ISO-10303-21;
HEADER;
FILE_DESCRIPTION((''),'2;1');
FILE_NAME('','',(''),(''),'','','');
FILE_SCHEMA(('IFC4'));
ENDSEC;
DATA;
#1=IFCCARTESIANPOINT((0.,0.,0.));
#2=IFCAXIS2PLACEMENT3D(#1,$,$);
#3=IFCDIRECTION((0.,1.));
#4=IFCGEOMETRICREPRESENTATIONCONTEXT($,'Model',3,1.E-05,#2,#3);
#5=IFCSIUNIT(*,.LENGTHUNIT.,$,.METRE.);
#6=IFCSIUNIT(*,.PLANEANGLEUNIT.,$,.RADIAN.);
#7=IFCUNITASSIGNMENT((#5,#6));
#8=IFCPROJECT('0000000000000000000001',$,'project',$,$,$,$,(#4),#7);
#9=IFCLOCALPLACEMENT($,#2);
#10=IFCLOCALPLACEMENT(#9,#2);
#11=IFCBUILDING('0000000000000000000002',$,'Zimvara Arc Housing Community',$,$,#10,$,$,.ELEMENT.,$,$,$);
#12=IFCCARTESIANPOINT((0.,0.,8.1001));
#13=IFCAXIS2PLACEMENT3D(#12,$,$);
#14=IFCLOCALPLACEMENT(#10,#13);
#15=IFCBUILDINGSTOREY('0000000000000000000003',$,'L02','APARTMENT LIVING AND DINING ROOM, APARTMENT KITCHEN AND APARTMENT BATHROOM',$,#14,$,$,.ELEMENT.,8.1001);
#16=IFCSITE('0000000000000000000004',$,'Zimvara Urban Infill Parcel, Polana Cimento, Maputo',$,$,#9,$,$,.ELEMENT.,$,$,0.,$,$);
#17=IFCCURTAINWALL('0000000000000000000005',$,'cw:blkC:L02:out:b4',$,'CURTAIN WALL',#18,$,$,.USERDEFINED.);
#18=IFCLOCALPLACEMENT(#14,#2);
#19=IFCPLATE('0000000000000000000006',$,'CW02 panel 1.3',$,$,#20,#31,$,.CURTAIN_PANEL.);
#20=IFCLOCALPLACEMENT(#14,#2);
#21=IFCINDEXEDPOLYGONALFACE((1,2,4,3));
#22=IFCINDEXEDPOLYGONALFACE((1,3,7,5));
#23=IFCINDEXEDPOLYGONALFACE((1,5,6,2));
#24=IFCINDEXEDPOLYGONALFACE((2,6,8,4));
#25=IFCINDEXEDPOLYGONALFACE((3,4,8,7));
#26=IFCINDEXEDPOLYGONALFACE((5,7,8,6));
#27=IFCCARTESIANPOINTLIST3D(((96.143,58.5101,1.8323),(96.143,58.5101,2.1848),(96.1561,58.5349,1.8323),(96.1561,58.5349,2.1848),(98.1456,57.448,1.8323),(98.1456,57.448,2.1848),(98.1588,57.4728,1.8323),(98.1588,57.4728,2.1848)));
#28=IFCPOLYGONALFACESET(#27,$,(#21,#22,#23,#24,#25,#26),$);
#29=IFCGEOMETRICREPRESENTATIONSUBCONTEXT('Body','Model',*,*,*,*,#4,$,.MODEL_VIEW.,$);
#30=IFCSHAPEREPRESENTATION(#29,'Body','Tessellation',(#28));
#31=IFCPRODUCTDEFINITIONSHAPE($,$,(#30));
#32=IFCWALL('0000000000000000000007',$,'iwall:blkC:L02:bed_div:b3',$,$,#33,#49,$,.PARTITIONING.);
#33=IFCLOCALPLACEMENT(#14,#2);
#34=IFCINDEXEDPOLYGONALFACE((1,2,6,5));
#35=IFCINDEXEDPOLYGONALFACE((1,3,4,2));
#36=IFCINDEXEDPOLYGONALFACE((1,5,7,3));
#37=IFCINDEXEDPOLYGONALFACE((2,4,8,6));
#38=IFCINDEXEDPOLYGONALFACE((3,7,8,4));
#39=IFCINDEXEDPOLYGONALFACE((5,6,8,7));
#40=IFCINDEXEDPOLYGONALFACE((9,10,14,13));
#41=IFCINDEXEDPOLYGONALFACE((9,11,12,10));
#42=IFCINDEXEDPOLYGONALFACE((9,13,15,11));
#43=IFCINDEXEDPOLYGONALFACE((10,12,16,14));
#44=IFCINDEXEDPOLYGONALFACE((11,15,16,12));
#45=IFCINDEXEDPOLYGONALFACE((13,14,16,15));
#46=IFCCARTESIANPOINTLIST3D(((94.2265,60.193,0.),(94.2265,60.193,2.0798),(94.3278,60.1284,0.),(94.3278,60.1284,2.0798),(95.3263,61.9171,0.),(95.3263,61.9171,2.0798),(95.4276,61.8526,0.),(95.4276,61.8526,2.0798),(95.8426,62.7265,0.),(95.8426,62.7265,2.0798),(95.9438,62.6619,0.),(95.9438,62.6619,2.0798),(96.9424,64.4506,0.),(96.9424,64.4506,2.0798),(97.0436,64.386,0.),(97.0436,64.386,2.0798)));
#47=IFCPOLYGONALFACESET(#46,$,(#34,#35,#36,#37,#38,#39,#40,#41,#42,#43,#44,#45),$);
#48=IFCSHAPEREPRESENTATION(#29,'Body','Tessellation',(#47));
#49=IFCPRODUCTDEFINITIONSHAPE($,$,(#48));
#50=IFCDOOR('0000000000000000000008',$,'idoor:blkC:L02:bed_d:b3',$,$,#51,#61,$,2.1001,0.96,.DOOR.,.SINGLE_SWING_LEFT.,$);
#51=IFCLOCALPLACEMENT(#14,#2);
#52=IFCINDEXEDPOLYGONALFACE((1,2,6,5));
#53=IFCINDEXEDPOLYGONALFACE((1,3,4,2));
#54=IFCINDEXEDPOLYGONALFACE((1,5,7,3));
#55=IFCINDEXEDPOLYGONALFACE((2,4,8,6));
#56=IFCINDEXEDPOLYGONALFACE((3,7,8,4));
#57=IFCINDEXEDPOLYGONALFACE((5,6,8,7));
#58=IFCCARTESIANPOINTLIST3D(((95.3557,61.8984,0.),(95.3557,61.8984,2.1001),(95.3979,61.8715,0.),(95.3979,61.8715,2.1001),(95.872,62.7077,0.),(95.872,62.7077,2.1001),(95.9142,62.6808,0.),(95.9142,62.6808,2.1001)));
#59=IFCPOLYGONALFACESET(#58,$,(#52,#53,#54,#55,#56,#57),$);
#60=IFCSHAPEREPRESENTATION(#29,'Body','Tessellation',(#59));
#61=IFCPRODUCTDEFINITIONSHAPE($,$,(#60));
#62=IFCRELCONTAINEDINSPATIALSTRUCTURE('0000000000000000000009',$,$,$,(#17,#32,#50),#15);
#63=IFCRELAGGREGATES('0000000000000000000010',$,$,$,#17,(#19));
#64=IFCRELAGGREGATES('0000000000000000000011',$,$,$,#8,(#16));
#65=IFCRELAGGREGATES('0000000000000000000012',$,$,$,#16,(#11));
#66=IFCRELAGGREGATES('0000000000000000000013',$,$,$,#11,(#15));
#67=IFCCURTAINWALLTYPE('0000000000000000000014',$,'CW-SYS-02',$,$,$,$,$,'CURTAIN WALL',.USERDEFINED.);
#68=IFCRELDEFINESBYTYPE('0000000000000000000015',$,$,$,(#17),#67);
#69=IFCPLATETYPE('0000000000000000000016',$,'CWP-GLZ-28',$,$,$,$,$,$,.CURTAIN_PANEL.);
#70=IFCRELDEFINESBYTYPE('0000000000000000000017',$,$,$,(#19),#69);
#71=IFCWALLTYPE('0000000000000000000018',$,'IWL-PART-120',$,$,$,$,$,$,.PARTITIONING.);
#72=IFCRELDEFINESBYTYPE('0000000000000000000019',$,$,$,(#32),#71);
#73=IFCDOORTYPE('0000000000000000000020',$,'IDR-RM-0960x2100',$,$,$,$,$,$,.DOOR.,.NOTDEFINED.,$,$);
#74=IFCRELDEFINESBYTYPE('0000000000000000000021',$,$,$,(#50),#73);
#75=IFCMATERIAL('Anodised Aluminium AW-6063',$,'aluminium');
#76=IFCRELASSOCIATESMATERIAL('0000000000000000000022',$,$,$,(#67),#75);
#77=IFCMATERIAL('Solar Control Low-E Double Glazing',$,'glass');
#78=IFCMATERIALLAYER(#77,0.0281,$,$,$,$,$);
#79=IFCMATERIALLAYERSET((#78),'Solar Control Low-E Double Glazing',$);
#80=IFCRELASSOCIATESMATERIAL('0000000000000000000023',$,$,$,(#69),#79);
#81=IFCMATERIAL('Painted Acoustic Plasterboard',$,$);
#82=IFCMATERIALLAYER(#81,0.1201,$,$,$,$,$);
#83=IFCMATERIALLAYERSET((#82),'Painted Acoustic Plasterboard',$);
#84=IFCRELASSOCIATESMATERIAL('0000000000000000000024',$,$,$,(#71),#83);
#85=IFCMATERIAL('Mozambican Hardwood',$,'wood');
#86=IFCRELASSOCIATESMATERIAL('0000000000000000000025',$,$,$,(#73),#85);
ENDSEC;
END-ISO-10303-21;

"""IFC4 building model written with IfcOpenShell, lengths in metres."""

from ifc_helpers import new_model, si_unit, direction, frame, frame_2d, origin, origin_2d, place, context, subcontext, project, spatial, rectangle, extrude, material, layer, layer_set, type_object, element, fill, aggregate, save


model = new_model("IFC4")

# Units and contexts
model_context = context("Model", 3, precision=1e-05, world=origin(), true_north=direction((0.0, 1.0)))
body_context = subcontext(model_context, "Body", "Model", "MODEL_VIEW")
ifc_project = project(units=[si_unit("LENGTHUNIT", "METRE"), si_unit("PLANEANGLEUNIT", "RADIAN")], contexts=[model_context])

# Site, building, storey
site_placement = place(None, origin())
site = spatial("IfcSite", under=ifc_project, at=site_placement, Name="Zimvara Urban Infill Parcel, Polana Cimento, Maputo", CompositionType="ELEMENT", RefElevation=0.0)
building_placement = place(site_placement, origin())
building = spatial("IfcBuilding", under=site, at=building_placement, Name="Zimvara Arc Housing Community", CompositionType="ELEMENT")
storey_placement = place(building_placement, frame((0.0, 0.0, 8.1001)))
storey = spatial("IfcBuildingStorey", under=building, at=storey_placement, Name="L02", Description="APARTMENT LIVING AND DINING ROOM, APARTMENT KITCHEN AND APARTMENT BATHROOM", CompositionType="ELEMENT", Elevation=8.1001)

# Curtain wall, plate
ifc_material_1 = material(Name="Anodised Aluminium AW-6063", Category="aluminium")
curtain_wall_type = type_object("IfcCurtainWallType", Name="CW-SYS-02", ElementType="CURTAIN WALL", PredefinedType="USERDEFINED", material=ifc_material_1)
curtain_wall_placement = place(storey_placement, origin())
curtain_wall = element("IfcCurtainWall", 1, at=curtain_wall_placement, inside=storey, type_object=curtain_wall_type, Name="cw:blkC:L02:out:b4", ObjectType="CURTAIN WALL", PredefinedType="USERDEFINED")
ifc_material_2 = material(Name="Solar Control Low-E Double Glazing", Category="glass")
ifc_layer_1 = layer(ifc_material_2, 0.0281)
ifc_layer_set_1 = layer_set([ifc_layer_1], Name="Solar Control Low-E Double Glazing")
plate_type = type_object("IfcPlateType", Name="CWP-GLZ-28", PredefinedType="CURTAIN_PANEL", material=ifc_layer_set_1)
plate_1_placement = place(storey_placement, frame((97.1509, 57.9915, 1.8323), z_axis=(0.0, 0.0, 1.0), x_axis=(0.883439, -0.468547, 0.0)))
plate_1 = element("IfcPlate", 2, at=plate_1_placement, type_object=plate_type, Name="CW02 panel 1.3", PredefinedType="CURTAIN_PANEL", context=body_context, shape_type="SweptSolid", body=[
    extrude(rectangle(XDim=2.2668, YDim=0.0281, at=origin_2d()), origin(), (0.0, 0.0, 1.0), 0.3525),
])
aggregate(curtain_wall, [plate_1])

# Wall, opening, door
ifc_material_3 = material(Name="Painted Acoustic Plasterboard")
ifc_layer_2 = layer(ifc_material_3, 0.1201)
ifc_layer_set_2 = layer_set([ifc_layer_2], Name="Painted Acoustic Plasterboard")
wall_type = type_object("IfcWallType", Name="IWL-PART-120", PredefinedType="PARTITIONING", material=ifc_layer_set_2)
wall_placement = place(storey_placement, frame((96.9929, 64.4182, 0.0), z_axis=(0.0, 0.0, 1.0), x_axis=(-0.537785, -0.843082, 0.0)))
wall = element("IfcWall", 3, at=wall_placement, inside=storey, type_object=wall_type, Name="iwall:blkC:L02:bed_div:b3", PredefinedType="PARTITIONING", context=body_context, shape_type="SweptSolid", body=[
    extrude(rectangle(XDim=5.05, YDim=0.1201, at=frame_2d((2.5249, 0.0))), origin(), (0.0, 0.0, 1.0), 2.0798),
])
opening_placement = place(wall_placement, frame((2.0449, 0.0, 0.0)))
opening = element("IfcOpeningElement", 4, at=opening_placement, cuts=wall, PredefinedType="OPENING", context=body_context, shape_type="SweptSolid", body=[
    extrude(rectangle(XDim=0.96, YDim=2.1001, at=frame_2d((0.48, 1.05))), frame((0.0, 0.0701, 0.0), z_axis=(0.0, -1.0, 0.0), x_axis=(1.0, 0.0, 0.0)), (0.0, 0.0, 1.0), 0.1401),
])
ifc_material_4 = material(Name="Mozambican Hardwood", Category="wood")
door_type = type_object("IfcDoorType", Name="IDR-RM-0960x2100", OperationType="NOTDEFINED", PredefinedType="DOOR", material=ifc_material_4)
door_placement = place(opening_placement, origin())
door = element("IfcDoor", 5, at=door_placement, inside=storey, type_object=door_type, Name="idoor:blkC:L02:bed_d:b3", OperationType="SINGLE_SWING_LEFT", OverallHeight=2.1001, OverallWidth=0.96, PredefinedType="DOOR", context=body_context, shape_type="SweptSolid", body=[
    extrude(rectangle(XDim=0.96, YDim=2.1001, at=frame_2d((0.48, 1.05))), frame((0.0, 0.0249, 0.0), z_axis=(0.0, -1.0, 0.0), x_axis=(1.0, 0.0, 0.0)), (0.0, 0.0, 1.0), 0.05),
])
fill(opening, door)

save(model, "model.ifc")
